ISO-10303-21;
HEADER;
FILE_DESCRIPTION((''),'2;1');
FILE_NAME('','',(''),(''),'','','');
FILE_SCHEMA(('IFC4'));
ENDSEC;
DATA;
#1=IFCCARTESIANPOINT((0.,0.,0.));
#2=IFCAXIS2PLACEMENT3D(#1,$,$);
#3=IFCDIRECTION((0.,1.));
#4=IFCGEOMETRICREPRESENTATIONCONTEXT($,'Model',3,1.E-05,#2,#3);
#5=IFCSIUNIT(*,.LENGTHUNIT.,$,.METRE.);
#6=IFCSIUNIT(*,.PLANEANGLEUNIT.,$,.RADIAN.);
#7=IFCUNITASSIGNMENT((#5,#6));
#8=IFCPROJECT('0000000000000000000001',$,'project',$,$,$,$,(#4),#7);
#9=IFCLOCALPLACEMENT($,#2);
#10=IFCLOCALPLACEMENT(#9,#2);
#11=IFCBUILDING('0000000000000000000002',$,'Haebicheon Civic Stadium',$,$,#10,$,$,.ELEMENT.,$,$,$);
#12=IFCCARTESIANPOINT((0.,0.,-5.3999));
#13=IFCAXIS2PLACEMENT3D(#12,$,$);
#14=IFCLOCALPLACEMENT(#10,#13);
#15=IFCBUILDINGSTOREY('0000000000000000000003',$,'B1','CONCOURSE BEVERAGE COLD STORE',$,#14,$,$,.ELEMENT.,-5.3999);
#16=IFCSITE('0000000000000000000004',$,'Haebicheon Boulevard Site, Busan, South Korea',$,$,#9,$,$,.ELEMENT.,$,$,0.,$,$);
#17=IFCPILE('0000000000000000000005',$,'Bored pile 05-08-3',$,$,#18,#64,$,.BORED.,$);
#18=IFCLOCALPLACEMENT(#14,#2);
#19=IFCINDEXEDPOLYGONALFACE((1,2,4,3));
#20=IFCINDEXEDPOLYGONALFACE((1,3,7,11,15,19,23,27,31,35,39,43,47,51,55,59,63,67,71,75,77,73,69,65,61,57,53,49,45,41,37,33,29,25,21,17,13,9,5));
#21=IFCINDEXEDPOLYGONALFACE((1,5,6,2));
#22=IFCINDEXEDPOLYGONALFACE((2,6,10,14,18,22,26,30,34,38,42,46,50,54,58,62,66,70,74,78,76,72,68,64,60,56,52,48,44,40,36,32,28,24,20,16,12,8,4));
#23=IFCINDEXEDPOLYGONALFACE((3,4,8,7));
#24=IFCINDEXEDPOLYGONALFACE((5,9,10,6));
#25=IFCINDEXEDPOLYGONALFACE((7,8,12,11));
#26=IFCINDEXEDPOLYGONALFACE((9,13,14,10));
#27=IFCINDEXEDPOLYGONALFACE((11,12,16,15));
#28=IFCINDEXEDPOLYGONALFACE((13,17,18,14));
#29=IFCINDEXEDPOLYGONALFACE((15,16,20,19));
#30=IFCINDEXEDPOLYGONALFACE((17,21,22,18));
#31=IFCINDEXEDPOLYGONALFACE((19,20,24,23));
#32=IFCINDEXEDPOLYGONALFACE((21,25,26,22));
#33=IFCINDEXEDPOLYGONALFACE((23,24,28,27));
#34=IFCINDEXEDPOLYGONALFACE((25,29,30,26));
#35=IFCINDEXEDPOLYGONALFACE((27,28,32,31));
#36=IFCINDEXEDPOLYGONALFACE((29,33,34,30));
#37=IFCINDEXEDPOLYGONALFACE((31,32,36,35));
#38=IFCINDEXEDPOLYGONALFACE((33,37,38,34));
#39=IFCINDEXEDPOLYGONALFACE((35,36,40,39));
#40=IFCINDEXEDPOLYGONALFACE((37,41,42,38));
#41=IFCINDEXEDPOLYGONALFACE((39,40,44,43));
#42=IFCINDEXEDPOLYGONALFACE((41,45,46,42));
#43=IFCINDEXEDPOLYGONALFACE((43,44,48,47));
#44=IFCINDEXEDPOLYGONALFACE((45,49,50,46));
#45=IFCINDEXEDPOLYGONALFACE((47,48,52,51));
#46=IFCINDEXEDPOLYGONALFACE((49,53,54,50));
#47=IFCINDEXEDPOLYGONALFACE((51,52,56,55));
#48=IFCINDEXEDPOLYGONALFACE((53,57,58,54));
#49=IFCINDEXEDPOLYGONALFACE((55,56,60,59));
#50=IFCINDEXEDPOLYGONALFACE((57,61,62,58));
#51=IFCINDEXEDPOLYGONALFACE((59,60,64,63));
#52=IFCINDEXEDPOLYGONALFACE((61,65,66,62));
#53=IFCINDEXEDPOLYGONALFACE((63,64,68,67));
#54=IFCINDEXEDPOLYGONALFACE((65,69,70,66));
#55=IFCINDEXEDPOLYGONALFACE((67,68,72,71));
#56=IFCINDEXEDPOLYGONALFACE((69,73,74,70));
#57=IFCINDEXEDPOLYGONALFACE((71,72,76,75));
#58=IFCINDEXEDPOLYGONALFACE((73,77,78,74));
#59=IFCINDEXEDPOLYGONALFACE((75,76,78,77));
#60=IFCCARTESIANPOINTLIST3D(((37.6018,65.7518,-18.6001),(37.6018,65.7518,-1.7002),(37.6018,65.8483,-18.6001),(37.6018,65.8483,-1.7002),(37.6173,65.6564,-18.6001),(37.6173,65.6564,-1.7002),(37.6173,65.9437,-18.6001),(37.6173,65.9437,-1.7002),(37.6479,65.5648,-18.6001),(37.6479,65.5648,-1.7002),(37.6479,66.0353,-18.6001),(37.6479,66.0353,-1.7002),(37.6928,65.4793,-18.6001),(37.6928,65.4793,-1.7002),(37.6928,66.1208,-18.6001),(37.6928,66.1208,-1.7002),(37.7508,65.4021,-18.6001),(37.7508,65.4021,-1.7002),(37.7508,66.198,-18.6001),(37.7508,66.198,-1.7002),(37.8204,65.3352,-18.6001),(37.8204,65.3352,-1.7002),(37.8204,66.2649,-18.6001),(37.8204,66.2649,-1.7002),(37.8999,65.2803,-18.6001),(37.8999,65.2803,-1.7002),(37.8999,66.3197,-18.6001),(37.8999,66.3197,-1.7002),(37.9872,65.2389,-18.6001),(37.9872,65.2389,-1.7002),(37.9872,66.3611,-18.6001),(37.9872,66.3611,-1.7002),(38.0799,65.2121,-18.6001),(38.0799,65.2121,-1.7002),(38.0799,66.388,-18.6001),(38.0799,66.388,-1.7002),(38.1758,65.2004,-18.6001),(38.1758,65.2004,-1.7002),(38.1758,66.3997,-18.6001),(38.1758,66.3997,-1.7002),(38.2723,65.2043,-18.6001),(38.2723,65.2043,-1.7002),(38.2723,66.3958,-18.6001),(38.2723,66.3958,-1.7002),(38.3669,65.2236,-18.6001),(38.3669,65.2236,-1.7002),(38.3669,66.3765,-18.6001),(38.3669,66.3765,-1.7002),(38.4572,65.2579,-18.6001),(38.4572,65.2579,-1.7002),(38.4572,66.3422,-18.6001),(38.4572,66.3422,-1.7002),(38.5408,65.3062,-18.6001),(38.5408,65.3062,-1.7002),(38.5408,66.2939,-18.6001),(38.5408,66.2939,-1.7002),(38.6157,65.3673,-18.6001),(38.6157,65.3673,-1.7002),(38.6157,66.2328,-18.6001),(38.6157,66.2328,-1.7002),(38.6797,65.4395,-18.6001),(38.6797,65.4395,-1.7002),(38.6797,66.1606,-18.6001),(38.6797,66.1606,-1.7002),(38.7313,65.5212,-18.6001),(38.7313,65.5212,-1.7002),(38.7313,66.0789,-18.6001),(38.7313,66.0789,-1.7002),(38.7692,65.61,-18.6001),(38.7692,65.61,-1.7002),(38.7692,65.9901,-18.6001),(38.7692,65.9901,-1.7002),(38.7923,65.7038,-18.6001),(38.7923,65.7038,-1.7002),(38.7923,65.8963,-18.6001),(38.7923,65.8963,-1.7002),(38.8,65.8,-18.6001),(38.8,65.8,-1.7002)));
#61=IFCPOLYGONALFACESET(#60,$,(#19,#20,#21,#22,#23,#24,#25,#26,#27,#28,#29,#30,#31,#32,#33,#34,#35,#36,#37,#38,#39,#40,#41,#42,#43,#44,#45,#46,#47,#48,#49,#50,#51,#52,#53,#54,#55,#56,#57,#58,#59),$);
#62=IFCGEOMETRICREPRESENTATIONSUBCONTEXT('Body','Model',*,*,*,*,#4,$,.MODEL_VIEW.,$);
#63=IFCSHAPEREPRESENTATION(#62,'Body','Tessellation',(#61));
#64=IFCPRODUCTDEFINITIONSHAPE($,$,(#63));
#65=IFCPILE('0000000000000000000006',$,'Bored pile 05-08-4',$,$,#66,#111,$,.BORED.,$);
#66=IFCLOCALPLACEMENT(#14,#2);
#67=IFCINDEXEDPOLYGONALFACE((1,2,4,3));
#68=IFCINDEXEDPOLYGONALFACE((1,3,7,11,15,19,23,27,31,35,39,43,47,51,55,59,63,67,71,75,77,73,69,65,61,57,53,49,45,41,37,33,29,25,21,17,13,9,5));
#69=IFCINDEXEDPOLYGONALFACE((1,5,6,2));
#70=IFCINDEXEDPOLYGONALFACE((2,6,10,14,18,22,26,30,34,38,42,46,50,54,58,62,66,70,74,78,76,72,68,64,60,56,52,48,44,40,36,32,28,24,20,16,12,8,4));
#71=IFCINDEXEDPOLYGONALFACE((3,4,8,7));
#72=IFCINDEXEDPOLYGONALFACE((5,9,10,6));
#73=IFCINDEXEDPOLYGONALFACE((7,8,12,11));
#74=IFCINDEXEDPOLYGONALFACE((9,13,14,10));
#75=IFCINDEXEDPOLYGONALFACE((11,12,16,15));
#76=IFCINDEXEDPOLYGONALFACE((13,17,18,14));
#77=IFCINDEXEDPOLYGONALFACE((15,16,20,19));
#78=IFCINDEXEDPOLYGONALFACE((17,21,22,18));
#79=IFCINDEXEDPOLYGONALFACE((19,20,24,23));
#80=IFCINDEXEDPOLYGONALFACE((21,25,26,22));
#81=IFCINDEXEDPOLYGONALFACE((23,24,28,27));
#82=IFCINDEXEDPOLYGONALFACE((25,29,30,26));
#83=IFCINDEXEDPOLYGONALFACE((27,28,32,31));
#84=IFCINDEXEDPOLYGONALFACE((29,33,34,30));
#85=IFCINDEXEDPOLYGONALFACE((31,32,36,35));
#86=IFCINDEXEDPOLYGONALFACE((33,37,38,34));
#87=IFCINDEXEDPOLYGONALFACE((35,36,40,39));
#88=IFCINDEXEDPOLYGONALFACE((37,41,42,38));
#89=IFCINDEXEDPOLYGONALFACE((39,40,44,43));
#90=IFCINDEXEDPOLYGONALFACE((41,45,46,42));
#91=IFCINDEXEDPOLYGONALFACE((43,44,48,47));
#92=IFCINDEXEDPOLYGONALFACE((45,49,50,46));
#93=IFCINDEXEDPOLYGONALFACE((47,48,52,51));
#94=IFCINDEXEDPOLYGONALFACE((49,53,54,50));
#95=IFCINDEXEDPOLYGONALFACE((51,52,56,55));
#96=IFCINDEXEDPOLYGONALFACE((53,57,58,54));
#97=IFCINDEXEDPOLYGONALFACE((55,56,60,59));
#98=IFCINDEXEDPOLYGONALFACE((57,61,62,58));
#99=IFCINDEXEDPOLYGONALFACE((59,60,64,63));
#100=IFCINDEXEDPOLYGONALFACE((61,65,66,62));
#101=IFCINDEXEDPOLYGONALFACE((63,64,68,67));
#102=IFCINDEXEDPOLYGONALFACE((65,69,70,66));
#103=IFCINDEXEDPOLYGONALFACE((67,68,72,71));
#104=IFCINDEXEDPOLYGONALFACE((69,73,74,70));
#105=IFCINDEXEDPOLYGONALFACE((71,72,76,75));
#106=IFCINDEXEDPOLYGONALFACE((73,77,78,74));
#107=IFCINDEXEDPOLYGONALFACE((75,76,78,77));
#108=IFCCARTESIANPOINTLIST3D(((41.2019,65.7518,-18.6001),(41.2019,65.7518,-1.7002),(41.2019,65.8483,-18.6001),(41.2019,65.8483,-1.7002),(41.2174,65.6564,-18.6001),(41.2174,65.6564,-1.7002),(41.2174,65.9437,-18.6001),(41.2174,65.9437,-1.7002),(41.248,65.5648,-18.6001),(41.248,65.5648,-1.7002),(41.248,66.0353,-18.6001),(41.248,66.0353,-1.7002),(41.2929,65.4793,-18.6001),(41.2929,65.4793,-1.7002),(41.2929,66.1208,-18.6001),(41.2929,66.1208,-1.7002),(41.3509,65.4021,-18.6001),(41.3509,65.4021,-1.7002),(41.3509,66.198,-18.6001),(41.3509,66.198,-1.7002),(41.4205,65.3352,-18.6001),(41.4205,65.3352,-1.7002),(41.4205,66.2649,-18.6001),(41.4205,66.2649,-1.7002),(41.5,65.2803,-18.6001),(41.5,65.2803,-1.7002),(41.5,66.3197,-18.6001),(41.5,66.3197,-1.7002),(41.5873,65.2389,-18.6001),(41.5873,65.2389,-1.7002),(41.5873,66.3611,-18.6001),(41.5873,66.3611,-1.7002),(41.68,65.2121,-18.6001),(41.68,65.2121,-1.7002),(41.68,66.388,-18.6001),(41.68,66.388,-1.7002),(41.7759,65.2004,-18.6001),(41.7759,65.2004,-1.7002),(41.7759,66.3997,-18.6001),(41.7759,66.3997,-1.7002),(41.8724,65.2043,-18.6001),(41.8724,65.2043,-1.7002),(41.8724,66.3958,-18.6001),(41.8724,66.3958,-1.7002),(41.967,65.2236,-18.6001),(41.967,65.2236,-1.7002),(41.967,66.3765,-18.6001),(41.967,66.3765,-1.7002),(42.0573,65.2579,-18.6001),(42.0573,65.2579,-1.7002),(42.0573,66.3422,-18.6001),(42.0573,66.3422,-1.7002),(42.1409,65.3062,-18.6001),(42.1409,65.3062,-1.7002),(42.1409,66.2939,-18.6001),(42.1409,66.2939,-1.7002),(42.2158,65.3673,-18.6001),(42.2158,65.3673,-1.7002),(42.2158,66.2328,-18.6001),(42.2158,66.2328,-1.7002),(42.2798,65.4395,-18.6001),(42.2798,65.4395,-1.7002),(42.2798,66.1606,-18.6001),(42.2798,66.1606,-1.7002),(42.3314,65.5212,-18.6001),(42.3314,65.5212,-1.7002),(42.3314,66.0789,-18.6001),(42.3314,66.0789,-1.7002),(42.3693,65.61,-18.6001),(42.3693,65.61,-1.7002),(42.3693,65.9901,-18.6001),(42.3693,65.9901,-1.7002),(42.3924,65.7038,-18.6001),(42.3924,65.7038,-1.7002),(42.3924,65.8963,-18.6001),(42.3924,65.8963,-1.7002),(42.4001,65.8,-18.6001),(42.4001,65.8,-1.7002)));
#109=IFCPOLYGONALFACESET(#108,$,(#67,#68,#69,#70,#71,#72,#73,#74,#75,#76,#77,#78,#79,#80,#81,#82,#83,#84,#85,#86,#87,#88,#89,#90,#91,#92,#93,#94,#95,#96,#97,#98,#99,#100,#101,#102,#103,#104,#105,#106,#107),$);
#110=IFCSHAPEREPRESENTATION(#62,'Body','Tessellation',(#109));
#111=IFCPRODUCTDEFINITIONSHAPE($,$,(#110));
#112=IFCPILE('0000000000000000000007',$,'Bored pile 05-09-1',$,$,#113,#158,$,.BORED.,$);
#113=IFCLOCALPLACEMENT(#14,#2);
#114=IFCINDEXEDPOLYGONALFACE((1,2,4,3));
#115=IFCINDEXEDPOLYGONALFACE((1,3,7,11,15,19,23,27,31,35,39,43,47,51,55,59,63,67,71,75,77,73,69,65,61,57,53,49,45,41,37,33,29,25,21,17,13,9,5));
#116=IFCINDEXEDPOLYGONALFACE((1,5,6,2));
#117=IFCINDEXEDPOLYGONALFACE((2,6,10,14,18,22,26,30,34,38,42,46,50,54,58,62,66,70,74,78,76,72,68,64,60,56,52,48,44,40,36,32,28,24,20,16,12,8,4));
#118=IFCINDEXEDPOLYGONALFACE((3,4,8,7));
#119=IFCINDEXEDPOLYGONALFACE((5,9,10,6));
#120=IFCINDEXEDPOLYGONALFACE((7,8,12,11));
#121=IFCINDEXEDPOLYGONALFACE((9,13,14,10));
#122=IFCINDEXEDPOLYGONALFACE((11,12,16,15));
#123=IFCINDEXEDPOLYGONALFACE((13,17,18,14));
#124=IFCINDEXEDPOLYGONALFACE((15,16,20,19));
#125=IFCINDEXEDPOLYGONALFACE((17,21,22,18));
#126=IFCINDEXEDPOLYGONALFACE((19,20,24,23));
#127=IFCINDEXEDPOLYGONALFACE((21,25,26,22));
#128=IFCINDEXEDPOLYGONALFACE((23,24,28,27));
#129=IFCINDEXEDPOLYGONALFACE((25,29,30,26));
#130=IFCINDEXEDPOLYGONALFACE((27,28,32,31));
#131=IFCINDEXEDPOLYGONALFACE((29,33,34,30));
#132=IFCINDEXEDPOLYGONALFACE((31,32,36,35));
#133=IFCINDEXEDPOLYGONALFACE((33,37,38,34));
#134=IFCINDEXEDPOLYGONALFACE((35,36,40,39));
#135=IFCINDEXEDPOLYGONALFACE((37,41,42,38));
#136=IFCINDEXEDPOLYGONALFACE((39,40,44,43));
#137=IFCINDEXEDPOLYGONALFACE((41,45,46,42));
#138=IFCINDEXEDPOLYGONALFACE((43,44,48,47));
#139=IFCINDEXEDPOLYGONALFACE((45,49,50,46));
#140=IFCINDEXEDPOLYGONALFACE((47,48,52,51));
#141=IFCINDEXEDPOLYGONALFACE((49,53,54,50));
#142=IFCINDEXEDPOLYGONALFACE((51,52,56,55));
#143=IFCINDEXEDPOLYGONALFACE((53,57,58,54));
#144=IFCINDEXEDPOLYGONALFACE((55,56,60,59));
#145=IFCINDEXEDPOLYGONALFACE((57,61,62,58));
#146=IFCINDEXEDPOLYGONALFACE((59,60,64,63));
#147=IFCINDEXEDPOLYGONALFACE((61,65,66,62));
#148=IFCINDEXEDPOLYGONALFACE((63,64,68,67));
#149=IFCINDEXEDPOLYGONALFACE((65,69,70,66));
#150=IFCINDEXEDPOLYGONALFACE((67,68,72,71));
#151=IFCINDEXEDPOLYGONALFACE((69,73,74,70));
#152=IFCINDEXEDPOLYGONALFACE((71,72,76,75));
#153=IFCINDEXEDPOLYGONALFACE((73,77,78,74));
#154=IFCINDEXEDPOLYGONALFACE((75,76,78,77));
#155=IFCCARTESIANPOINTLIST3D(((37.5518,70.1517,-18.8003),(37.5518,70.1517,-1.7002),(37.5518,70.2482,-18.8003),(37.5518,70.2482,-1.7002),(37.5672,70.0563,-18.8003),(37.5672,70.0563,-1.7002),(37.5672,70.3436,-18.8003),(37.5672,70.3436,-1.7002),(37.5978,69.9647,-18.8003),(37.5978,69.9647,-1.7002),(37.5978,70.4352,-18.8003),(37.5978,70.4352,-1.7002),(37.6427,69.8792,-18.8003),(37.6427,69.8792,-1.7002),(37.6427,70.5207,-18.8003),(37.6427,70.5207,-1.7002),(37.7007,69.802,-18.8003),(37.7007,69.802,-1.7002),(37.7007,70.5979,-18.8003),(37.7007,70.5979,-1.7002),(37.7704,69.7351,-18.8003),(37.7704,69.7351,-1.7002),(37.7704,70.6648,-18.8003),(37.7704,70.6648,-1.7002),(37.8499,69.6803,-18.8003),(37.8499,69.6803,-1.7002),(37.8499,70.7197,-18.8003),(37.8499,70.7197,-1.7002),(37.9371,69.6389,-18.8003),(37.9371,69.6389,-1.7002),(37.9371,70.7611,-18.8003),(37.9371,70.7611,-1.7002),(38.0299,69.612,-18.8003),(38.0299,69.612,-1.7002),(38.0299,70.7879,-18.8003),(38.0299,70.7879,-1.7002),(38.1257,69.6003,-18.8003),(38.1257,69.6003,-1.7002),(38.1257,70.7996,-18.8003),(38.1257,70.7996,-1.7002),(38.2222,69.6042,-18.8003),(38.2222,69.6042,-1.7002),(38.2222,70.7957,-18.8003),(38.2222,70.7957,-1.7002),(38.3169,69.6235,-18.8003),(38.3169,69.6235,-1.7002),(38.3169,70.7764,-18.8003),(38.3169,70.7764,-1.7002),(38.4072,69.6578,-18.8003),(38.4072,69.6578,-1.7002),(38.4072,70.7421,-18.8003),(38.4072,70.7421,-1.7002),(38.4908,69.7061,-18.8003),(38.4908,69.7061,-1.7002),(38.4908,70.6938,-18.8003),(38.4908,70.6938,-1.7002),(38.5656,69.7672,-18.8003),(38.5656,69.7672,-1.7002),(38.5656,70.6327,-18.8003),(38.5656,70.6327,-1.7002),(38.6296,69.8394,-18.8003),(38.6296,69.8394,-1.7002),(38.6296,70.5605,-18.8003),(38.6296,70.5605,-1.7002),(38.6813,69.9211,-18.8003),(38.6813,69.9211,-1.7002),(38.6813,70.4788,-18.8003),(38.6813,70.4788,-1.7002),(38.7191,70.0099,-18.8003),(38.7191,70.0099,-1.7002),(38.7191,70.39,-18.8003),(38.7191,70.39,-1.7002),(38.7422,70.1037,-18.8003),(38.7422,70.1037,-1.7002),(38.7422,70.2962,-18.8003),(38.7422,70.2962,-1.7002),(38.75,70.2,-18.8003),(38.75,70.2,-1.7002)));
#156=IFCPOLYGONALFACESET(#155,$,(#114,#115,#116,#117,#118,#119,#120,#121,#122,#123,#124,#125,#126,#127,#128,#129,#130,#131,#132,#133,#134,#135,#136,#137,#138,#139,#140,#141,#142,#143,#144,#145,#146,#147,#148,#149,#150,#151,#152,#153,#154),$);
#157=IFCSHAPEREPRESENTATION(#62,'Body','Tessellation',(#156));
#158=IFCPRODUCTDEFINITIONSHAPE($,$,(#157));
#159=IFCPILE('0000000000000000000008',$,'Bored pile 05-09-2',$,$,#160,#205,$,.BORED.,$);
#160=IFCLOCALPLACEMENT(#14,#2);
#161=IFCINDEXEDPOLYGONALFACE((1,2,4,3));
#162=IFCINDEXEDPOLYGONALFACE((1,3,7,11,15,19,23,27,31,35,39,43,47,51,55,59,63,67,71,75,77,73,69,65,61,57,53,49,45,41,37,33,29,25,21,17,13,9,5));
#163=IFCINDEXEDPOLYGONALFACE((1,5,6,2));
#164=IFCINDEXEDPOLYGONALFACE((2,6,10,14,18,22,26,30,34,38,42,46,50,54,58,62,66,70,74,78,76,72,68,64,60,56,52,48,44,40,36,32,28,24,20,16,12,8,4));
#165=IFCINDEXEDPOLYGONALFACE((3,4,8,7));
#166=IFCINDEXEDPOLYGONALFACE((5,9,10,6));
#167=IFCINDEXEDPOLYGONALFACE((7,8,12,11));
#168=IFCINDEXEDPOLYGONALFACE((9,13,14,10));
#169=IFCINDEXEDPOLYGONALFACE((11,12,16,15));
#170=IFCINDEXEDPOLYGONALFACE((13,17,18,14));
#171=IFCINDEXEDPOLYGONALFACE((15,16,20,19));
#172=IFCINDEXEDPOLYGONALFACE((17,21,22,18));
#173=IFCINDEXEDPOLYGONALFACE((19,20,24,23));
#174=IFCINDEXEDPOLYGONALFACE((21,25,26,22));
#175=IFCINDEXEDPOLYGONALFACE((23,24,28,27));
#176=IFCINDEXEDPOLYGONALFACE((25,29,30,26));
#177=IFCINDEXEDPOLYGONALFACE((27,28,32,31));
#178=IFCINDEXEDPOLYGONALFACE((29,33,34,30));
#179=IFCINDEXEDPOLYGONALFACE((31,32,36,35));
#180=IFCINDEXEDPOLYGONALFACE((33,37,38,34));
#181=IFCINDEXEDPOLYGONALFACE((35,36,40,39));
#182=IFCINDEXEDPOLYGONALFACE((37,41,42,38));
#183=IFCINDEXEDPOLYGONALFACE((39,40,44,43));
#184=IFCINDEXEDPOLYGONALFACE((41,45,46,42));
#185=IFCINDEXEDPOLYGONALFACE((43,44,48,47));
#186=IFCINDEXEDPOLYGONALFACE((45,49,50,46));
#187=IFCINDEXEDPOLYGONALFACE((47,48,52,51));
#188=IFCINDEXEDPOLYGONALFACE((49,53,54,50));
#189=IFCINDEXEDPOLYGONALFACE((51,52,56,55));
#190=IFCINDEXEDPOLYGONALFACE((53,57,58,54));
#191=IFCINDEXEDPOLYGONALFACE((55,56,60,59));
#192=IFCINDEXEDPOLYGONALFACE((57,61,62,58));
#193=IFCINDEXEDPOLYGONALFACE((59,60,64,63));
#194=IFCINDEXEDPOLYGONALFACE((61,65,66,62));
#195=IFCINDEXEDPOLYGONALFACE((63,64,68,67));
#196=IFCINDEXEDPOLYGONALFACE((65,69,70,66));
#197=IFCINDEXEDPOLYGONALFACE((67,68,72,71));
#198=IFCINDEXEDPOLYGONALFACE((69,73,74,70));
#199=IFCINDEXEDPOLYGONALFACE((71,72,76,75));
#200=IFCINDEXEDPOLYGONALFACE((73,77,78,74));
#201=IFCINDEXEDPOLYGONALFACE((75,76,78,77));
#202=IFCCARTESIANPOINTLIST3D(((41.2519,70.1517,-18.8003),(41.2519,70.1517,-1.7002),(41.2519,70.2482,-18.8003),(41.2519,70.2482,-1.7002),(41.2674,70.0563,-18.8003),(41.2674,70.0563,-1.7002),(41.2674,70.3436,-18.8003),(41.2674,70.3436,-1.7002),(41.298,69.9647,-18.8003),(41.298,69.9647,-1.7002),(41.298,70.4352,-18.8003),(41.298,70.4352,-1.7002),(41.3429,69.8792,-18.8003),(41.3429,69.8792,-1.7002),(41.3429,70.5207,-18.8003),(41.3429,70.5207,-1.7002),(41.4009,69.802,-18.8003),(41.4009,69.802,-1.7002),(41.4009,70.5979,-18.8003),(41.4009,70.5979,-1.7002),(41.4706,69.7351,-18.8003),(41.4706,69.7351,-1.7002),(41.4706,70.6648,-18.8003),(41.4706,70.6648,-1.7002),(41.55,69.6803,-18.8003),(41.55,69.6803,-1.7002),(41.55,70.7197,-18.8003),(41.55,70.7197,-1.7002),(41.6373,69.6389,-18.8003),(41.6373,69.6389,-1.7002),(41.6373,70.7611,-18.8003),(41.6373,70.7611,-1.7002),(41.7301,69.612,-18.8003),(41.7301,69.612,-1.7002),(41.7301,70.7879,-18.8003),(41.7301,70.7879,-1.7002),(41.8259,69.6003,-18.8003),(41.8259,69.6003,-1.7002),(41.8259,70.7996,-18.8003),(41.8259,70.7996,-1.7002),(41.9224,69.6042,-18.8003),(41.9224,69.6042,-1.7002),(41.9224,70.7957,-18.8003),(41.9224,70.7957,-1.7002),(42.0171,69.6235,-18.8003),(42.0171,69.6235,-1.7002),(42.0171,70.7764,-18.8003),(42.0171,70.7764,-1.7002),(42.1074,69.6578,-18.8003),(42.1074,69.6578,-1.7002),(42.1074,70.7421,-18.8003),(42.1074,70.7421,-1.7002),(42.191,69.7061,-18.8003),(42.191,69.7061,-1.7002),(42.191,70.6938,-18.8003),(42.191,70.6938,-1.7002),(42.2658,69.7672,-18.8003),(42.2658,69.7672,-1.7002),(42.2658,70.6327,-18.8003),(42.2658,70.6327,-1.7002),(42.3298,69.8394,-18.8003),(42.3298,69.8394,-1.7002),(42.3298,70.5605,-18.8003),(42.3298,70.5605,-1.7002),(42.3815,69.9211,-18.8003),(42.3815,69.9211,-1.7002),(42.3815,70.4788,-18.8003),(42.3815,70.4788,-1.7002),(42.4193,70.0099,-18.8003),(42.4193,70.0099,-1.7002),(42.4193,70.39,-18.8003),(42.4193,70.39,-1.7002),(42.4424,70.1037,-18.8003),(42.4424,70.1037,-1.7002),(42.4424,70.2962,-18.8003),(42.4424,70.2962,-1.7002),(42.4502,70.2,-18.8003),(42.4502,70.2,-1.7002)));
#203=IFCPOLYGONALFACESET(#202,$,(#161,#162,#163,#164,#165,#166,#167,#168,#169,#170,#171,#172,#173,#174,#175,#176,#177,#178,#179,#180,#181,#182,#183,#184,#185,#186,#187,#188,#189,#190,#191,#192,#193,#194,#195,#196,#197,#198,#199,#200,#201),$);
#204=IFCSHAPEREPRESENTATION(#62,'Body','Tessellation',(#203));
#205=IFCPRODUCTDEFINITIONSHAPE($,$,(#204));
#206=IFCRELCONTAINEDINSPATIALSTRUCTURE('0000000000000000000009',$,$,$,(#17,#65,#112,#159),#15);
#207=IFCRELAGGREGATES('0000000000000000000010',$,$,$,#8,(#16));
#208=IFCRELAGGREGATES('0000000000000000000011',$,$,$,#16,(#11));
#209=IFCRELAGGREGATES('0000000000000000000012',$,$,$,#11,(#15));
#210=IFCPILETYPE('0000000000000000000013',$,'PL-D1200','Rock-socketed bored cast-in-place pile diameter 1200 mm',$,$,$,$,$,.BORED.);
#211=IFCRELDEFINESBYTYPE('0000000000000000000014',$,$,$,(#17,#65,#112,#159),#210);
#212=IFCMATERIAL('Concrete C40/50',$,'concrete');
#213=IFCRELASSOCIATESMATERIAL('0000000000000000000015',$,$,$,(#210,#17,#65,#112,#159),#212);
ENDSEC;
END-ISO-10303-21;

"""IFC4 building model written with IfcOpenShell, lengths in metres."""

from ifc_helpers import new_model, si_unit, direction, frame, origin, origin_2d, place, context, subcontext, project, spatial, circle, extrude, material, material_profile, profile_set, type_object, element, save


model = new_model("IFC4")

# Units and contexts
model_context = context("Model", 3, precision=1e-05, world=origin(), true_north=direction((0.0, 1.0)))
body_context = subcontext(model_context, "Body", "Model", "MODEL_VIEW")
ifc_project = project(units=[si_unit("LENGTHUNIT", "METRE"), si_unit("PLANEANGLEUNIT", "RADIAN")], contexts=[model_context])

# Site, building, storey
site_placement = place(None, origin())
site = spatial("IfcSite", under=ifc_project, at=site_placement, Name="Haebicheon Boulevard Site, Busan, South Korea", CompositionType="ELEMENT", RefElevation=0.0)
building_placement = place(site_placement, origin())
building = spatial("IfcBuilding", under=site, at=building_placement, Name="Haebicheon Civic Stadium", CompositionType="ELEMENT")
storey_placement = place(building_placement, frame((0.0, 0.0, -5.3999)))
storey = spatial("IfcBuildingStorey", under=building, at=storey_placement, Name="B1", Description="CONCOURSE BEVERAGE COLD STORE", CompositionType="ELEMENT", Elevation=-5.3999)

# Piles
ifc_material_1 = material(Name="Concrete C40/50", Category="concrete")
ifc_material_profile_1 = material_profile(ifc_material_1, circle(Radius=0.6001, at=origin_2d()), Name="PILE-D1200")
ifc_profile_set_1 = profile_set([ifc_material_profile_1], Name="Concrete C40/50")
pile_type = type_object("IfcPileType", Name="PL-D1200", Description="Rock-socketed bored cast-in-place pile diameter 1200 mm", PredefinedType="BORED", material=ifc_profile_set_1)
for number, where, z_axis, x_axis, name in (
    (1, (38.2, 65.8, -1.7002), (0.0, 0.0, -1.0), (1.0, 0.0, 0.0), "Bored pile 05-08-3"),
    (2, (41.8, 65.8, -1.7002), (0.0, 0.0, -1.0), (1.0, 0.0, 0.0), "Bored pile 05-08-4"),
):
    element("IfcPile", number, at=place(storey_placement, frame(where, z_axis=z_axis, x_axis=x_axis)), inside=storey, type_object=pile_type, material=ifc_profile_set_1, Name=name, PredefinedType="BORED", context=body_context, shape_type="SweptSolid", body=[
        extrude(circle(Radius=0.6001, at=origin_2d()), origin(), (0.0, 0.0, 1.0), 16.8999),
    ])
for number, where, z_axis, x_axis, name in (
    (3, (38.1499, 70.2, -1.7002), (0.0, 0.0, -1.0), (1.0, 0.0, 0.0), "Bored pile 05-09-1"),
    (4, (41.8501, 70.2, -1.7002), (0.0, 0.0, -1.0), (1.0, 0.0, 0.0), "Bored pile 05-09-2"),
):
    element("IfcPile", number, at=place(storey_placement, frame(where, z_axis=z_axis, x_axis=x_axis)), inside=storey, type_object=pile_type, material=ifc_profile_set_1, Name=name, PredefinedType="BORED", context=body_context, shape_type="SweptSolid", body=[
        extrude(circle(Radius=0.6001, at=origin_2d()), origin(), (0.0, 0.0, 1.0), 17.1001),
    ])

save(model, "model.ifc")
